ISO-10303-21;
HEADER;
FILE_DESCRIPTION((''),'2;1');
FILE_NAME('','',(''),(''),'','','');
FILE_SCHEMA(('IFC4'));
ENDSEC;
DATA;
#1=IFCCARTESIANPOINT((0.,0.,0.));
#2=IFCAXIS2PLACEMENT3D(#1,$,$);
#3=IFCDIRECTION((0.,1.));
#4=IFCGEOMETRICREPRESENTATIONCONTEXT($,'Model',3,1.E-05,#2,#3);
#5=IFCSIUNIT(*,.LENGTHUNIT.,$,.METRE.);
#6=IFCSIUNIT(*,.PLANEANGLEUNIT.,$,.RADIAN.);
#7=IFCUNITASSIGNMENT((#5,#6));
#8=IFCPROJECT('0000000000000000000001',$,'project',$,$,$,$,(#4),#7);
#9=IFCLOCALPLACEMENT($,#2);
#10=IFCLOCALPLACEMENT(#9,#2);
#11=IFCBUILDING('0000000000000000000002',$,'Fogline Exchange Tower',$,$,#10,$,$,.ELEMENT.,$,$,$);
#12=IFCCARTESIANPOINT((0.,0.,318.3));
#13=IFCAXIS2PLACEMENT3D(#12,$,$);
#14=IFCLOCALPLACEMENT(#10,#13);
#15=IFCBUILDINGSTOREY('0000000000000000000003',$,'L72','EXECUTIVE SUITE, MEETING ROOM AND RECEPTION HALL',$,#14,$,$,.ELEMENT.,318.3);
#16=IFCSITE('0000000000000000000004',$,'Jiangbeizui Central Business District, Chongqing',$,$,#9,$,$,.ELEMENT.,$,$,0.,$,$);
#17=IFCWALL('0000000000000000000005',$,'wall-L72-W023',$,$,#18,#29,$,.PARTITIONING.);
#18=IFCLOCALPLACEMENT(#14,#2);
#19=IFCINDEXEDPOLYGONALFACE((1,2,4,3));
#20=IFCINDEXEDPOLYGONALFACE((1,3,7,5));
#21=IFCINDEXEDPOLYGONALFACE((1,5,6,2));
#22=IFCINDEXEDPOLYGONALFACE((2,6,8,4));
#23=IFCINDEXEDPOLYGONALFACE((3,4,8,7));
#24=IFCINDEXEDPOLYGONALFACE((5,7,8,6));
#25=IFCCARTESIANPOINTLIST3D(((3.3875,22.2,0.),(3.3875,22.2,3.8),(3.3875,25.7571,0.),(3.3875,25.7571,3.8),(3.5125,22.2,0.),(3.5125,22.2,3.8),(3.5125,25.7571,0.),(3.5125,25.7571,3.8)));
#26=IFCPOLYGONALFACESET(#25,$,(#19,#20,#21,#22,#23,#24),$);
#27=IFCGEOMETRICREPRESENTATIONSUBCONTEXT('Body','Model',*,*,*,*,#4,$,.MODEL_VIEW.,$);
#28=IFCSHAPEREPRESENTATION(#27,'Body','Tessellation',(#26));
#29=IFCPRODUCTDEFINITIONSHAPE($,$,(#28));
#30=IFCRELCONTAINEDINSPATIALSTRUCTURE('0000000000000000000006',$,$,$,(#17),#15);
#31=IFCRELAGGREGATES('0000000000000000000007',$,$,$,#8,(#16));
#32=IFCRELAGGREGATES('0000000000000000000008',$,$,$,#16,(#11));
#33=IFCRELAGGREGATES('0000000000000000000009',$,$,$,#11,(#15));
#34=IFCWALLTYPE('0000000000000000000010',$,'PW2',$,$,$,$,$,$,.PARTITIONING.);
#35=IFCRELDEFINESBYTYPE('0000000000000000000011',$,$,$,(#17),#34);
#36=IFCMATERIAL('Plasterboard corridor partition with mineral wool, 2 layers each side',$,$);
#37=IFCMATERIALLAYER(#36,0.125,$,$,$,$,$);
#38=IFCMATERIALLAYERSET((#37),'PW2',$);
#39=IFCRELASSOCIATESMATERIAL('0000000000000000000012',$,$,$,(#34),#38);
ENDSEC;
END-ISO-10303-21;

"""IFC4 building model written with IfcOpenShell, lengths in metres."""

from ifc_helpers import new_model, si_unit, direction, frame, frame_2d, origin, place, context, subcontext, project, spatial, rectangle, extrude, material, layer, layer_set, type_object, element, save


model = new_model("IFC4")

# Units and contexts
model_context = context("Model", 3, precision=1e-05, world=origin(), true_north=direction((0.0, 1.0)))
body_context = subcontext(model_context, "Body", "Model", "MODEL_VIEW")
ifc_project = project(units=[si_unit("LENGTHUNIT", "METRE"), si_unit("PLANEANGLEUNIT", "RADIAN")], contexts=[model_context])

# Site, building, storey
site_placement = place(None, origin())
site = spatial("IfcSite", under=ifc_project, at=site_placement, Name="Jiangbeizui Central Business District, Chongqing", CompositionType="ELEMENT", RefElevation=0.0)
building_placement = place(site_placement, origin())
building = spatial("IfcBuilding", under=site, at=building_placement, Name="Fogline Exchange Tower", CompositionType="ELEMENT")
storey_placement = place(building_placement, frame((0.0, 0.0, 318.3)))
storey = spatial("IfcBuildingStorey", under=building, at=storey_placement, Name="L72", Description="EXECUTIVE SUITE, MEETING ROOM AND RECEPTION HALL", CompositionType="ELEMENT", Elevation=318.3)

# Wall
ifc_material_1 = material(Name="Plasterboard corridor partition with mineral wool, 2 layers each side")
ifc_layer_1 = layer(ifc_material_1, 0.125)
ifc_layer_set_1 = layer_set([ifc_layer_1], Name="PW2")
wall_type_1 = type_object("IfcWallType", Name="PW2", PredefinedType="PARTITIONING", material=ifc_layer_set_1)
wall_1_placement = place(storey_placement, frame((3.45, 22.2, 0.0), z_axis=(0.0, 0.0, 1.0), x_axis=(0.0, 1.0, 0.0)))
element("IfcWall", 1, at=wall_1_placement, inside=storey, type_object=wall_type_1, Name="wall-L72-W023", PredefinedType="PARTITIONING", context=body_context, shape_type="SweptSolid", body=[
    extrude(rectangle(XDim=3.5571, YDim=0.125, at=frame_2d((1.7786, 0.0))), origin(), (0.0, 0.0, 1.0), 3.8),
])

save(model, "model.ifc")
